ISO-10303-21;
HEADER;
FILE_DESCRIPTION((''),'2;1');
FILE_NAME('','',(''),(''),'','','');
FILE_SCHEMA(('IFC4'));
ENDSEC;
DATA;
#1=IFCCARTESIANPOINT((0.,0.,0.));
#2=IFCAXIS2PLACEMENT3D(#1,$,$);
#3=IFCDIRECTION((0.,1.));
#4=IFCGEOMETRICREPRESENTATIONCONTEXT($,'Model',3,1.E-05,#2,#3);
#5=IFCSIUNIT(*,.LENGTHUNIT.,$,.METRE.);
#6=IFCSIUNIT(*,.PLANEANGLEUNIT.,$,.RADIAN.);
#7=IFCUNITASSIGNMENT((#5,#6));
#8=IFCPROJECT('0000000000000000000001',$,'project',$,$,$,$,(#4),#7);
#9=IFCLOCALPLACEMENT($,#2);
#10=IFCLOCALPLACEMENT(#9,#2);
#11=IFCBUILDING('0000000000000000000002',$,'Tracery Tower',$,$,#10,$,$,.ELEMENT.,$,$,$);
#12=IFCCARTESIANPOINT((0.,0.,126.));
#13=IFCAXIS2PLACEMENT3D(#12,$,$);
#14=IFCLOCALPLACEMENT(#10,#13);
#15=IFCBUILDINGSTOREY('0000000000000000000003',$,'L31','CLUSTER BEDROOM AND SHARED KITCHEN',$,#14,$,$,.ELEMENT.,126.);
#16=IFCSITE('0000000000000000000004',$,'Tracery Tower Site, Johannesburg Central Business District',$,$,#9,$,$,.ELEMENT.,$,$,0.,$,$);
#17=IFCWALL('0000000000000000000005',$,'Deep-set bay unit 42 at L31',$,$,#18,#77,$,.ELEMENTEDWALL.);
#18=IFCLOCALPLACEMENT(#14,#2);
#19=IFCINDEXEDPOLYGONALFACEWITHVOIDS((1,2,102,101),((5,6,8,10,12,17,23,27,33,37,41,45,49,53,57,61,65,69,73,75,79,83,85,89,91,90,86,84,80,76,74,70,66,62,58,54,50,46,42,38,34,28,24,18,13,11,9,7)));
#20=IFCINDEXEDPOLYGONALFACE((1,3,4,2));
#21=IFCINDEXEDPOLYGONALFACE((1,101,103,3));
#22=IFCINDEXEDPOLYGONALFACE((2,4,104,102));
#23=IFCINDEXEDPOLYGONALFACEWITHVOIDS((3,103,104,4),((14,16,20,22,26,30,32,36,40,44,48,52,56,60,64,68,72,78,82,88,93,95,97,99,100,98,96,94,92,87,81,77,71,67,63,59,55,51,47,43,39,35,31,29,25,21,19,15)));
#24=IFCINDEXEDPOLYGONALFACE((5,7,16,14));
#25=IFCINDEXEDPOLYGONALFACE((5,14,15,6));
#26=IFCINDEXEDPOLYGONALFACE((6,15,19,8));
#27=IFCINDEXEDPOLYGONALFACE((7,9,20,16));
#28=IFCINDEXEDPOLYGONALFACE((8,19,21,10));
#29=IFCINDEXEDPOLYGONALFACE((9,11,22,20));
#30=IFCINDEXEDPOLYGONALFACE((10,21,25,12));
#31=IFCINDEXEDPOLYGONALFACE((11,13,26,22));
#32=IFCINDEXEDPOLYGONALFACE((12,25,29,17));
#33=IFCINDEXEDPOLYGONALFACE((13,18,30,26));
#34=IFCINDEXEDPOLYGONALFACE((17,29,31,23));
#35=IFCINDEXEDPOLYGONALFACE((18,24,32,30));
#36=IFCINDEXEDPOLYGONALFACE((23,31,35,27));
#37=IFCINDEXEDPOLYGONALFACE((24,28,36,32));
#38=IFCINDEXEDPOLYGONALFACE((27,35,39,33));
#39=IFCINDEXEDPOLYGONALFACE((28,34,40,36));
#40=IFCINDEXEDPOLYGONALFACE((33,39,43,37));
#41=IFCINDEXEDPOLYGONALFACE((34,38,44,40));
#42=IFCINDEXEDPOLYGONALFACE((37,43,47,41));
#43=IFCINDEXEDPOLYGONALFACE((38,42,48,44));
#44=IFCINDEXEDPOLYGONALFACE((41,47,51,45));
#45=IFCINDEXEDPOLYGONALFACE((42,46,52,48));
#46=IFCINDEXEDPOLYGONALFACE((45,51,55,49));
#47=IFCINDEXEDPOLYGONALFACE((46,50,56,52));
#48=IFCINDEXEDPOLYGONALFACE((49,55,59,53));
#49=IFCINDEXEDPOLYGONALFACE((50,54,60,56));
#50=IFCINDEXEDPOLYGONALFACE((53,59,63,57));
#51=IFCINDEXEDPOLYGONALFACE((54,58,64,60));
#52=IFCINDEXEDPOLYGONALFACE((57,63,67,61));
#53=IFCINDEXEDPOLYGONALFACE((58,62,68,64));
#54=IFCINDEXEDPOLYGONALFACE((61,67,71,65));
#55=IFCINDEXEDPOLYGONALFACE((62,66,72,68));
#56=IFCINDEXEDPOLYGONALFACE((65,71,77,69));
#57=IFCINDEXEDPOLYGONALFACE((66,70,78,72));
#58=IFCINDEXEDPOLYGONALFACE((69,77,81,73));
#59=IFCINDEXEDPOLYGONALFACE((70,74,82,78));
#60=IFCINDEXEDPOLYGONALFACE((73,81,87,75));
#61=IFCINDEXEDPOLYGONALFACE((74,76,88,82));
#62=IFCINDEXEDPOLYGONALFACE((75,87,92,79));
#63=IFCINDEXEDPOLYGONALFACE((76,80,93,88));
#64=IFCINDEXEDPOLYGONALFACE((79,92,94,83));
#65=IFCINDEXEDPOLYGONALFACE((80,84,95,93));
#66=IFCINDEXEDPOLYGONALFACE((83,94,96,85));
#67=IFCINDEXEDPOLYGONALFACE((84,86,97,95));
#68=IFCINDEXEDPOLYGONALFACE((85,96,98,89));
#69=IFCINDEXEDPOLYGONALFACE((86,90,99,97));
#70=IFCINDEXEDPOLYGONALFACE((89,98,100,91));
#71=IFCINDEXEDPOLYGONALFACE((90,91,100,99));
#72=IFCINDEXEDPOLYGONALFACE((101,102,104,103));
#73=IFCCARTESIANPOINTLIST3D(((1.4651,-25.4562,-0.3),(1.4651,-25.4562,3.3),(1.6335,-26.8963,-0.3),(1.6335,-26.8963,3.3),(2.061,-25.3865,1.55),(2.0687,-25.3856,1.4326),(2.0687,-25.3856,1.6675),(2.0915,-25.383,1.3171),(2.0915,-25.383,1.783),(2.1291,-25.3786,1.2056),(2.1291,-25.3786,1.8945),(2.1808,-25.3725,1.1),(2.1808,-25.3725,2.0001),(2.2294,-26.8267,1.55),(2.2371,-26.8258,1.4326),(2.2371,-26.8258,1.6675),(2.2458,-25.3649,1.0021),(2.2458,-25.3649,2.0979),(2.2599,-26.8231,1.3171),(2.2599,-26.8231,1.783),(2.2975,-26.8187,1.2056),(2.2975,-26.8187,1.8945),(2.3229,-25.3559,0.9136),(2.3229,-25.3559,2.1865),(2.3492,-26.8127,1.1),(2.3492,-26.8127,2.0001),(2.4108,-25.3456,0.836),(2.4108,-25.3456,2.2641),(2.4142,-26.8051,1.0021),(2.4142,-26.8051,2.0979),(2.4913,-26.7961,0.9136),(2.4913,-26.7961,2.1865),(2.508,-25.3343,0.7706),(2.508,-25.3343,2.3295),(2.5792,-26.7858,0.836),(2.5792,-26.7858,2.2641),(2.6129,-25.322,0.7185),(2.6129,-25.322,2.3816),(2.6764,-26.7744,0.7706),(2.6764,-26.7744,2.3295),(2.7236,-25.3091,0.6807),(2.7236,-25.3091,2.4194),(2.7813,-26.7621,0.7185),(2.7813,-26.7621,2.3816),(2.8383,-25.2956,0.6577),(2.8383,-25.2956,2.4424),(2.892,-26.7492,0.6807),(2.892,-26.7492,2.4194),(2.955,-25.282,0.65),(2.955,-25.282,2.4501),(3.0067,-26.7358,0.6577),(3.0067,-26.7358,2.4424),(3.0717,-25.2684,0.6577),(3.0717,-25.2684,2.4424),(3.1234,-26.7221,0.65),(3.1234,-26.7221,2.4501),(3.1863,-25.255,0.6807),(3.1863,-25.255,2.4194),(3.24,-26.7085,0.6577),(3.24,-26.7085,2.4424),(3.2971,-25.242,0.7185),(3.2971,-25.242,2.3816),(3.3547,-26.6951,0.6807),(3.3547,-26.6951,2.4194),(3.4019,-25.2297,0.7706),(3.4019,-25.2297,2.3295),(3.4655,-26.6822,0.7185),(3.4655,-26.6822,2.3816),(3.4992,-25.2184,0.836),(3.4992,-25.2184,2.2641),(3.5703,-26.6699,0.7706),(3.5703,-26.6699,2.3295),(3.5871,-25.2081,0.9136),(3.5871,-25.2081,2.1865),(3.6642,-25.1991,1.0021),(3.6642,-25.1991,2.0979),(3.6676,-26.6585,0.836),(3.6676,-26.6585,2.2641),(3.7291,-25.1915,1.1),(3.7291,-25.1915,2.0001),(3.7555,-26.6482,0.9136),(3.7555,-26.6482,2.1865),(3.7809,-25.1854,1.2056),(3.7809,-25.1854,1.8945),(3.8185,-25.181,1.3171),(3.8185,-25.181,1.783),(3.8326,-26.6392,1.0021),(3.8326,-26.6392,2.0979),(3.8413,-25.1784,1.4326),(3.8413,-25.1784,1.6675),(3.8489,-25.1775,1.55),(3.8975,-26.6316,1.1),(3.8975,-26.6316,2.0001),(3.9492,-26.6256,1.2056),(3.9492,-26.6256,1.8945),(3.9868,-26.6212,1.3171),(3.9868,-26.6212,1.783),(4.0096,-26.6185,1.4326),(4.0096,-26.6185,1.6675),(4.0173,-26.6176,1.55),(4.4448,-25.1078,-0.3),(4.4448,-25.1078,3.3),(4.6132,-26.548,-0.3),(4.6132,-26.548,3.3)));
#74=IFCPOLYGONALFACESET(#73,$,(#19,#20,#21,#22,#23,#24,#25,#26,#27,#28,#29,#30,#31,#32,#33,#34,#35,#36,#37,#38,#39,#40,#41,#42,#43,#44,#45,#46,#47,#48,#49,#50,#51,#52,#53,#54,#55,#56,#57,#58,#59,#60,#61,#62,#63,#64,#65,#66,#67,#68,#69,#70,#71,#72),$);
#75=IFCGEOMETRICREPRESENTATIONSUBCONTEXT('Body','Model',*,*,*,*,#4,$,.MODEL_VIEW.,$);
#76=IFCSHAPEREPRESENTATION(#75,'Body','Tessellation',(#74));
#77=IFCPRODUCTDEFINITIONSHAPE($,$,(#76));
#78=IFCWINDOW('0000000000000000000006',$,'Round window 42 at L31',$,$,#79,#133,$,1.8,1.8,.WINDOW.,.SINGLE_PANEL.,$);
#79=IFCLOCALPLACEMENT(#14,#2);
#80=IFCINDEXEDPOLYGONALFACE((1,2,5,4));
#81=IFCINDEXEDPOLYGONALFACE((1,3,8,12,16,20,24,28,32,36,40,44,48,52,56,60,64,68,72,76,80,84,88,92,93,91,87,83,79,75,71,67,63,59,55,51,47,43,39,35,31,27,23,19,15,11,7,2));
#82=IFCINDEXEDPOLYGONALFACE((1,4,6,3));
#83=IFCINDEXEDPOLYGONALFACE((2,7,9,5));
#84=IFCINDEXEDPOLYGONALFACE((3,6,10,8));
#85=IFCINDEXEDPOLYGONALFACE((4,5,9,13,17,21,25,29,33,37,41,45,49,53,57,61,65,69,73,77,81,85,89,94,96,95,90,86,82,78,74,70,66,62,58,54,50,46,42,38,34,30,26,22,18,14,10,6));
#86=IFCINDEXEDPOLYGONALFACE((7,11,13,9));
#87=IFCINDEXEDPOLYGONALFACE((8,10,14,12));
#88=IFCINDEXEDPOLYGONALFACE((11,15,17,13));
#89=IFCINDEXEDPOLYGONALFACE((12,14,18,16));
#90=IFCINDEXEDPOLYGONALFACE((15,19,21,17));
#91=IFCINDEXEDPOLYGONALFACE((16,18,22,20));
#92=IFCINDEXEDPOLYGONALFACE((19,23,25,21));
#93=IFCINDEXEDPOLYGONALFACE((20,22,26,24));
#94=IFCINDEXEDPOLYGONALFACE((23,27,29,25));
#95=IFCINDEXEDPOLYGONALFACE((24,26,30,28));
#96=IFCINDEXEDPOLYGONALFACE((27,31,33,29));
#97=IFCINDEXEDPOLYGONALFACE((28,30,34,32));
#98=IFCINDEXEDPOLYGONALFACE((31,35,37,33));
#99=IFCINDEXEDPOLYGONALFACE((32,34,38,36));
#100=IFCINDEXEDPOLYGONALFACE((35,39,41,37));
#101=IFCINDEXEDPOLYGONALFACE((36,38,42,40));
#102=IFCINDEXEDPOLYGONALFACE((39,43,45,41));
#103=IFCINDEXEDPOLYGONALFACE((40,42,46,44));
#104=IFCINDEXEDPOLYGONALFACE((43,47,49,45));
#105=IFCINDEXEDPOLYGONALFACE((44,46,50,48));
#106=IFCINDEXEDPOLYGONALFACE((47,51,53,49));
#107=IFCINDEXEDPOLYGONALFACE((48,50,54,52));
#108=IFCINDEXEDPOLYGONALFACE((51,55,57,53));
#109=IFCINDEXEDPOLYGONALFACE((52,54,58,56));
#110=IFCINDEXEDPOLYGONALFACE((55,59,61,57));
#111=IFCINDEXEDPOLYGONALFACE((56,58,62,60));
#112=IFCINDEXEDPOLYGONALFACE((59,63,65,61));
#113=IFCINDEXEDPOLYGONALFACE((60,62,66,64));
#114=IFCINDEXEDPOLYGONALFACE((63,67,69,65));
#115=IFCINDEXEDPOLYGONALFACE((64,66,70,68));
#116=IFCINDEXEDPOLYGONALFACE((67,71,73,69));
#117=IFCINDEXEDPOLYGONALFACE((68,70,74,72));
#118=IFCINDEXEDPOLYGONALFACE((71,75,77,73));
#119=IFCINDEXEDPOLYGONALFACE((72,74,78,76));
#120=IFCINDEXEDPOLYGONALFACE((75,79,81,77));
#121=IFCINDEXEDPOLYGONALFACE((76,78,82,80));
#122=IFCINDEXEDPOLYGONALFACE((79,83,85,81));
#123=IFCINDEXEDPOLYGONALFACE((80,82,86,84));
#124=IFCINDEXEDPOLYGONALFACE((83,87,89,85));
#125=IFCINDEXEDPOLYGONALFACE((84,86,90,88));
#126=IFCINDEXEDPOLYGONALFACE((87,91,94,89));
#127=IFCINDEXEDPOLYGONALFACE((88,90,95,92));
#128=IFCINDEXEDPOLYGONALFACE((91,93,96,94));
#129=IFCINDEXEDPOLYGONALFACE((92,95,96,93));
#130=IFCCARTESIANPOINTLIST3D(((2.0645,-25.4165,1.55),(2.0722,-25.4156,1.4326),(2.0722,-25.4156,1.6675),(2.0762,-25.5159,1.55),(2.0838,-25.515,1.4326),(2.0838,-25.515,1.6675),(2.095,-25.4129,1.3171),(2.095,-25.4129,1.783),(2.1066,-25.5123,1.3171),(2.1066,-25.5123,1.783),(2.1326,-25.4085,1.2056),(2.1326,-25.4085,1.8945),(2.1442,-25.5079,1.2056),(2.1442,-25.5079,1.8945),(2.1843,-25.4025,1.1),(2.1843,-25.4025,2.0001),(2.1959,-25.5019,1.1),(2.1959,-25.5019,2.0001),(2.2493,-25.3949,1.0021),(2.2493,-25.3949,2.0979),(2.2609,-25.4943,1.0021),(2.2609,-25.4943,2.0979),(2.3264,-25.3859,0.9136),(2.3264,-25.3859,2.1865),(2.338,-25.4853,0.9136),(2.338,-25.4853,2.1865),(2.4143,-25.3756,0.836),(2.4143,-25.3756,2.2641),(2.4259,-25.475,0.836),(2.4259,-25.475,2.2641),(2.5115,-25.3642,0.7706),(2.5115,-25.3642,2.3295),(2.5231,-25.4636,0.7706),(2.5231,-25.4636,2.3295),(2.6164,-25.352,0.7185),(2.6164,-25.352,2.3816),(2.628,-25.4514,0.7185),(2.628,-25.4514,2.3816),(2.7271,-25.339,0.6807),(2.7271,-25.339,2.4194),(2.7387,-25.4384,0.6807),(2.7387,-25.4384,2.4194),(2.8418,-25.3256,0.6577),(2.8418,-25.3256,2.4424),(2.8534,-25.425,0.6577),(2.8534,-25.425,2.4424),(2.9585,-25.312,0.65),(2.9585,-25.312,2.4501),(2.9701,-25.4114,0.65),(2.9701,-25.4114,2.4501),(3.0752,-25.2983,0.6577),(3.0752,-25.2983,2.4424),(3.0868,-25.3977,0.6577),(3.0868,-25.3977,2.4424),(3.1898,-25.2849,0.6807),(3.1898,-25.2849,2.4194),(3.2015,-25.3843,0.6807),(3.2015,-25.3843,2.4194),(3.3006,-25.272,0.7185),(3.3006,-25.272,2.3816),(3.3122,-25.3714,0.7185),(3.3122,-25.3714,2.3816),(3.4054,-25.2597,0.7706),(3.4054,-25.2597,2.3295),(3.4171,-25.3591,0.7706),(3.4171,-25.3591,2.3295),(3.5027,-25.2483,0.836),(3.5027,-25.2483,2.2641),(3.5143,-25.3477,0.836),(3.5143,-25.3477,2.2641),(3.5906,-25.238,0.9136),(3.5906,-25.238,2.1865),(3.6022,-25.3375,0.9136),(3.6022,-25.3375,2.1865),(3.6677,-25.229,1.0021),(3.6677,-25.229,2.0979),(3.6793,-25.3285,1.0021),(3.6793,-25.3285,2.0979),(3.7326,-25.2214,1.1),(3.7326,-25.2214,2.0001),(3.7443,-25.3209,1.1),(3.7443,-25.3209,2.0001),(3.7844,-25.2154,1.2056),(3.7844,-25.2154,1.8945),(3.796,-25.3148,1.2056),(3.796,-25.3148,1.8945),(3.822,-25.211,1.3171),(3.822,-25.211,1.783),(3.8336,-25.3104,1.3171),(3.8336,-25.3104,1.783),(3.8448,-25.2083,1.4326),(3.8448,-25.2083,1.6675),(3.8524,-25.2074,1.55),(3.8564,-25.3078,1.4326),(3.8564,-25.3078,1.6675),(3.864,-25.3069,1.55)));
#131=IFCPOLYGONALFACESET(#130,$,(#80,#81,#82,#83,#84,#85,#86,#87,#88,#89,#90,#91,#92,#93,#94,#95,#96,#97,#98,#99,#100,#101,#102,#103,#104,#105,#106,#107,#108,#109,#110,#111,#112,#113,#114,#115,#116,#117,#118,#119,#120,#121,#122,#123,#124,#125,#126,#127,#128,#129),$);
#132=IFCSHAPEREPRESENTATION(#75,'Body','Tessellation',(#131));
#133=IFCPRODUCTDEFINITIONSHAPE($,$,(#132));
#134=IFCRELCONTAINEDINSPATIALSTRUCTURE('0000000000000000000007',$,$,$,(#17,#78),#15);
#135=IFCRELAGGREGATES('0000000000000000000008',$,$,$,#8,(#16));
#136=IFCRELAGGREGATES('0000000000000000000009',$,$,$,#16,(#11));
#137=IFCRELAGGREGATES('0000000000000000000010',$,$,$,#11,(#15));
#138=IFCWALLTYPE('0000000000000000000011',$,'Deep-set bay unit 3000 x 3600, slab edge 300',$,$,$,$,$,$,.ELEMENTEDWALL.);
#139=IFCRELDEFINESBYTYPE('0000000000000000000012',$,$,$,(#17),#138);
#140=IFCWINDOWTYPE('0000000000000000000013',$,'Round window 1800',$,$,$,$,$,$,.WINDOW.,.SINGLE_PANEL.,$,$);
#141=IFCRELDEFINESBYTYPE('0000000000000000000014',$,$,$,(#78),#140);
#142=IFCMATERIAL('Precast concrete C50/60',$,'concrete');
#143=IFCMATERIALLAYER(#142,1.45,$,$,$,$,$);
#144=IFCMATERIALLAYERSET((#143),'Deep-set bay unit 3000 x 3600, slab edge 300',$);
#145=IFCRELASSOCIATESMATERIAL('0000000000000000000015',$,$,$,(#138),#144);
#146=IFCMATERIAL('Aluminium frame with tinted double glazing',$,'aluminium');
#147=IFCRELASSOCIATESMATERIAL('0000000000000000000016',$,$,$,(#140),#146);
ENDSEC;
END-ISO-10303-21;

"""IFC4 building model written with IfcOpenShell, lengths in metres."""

from ifc_helpers import new_model, si_unit, direction, frame, frame_2d, origin, origin_2d, place, context, subcontext, project, spatial, rectangle, circle, extrude, material, layer, layer_set, type_object, element, fill, save


model = new_model("IFC4")

# Units and contexts
model_context = context("Model", 3, precision=1e-05, world=origin(), true_north=direction((0.0, 1.0)))
body_context = subcontext(model_context, "Body", "Model", "MODEL_VIEW")
ifc_project = project(units=[si_unit("LENGTHUNIT", "METRE"), si_unit("PLANEANGLEUNIT", "RADIAN")], contexts=[model_context])

# Site, building, storey
site_placement = place(None, origin())
site = spatial("IfcSite", under=ifc_project, at=site_placement, Name="Tracery Tower Site, Johannesburg Central Business District", CompositionType="ELEMENT", RefElevation=0.0)
building_placement = place(site_placement, origin())
building = spatial("IfcBuilding", under=site, at=building_placement, Name="Tracery Tower", CompositionType="ELEMENT")
storey_placement = place(building_placement, frame((0.0, 0.0, 126.0)))
storey = spatial("IfcBuildingStorey", under=building, at=storey_placement, Name="L31", Description="CLUSTER BEDROOM AND SHARED KITCHEN", CompositionType="ELEMENT", Elevation=126.0)

# Wall, opening, window
ifc_material_1 = material(Name="Precast concrete C50/60", Category="concrete")
ifc_layer_1 = layer(ifc_material_1, 1.45)
ifc_layer_set_1 = layer_set([ifc_layer_1], Name="Deep-set bay unit 3000 x 3600, slab edge 300")
wall_type_1 = type_object("IfcWallType", Name="Deep-set bay unit 3000 x 3600, slab edge 300", PredefinedType="ELEMENTEDWALL", material=ifc_layer_set_1)
wall_1_placement = place(storey_placement, frame((1.5493, -26.1763, -0.3), z_axis=(0.0, 0.0, 1.0), x_axis=(0.993234, 0.116128, 0.0)))
wall_1 = element("IfcWall", 1, at=wall_1_placement, inside=storey, type_object=wall_type_1, Name="Deep-set bay unit 42 at L31", PredefinedType="ELEMENTEDWALL", context=body_context, shape_type="SweptSolid", body=[
    extrude(rectangle(XDim=3.0, YDim=1.45, at=frame_2d((1.5, 0.0))), origin(), (0.0, 0.0, 1.0), 3.6001),
])
opening_1_placement = place(wall_1_placement, frame((1.5, 0.0, 1.8501)))
opening_1 = element("IfcOpeningElement", 2, at=opening_1_placement, cuts=wall_1, PredefinedType="OPENING", context=body_context, shape_type="SweptSolid", body=[
    extrude(circle(Radius=0.9, at=origin_2d()), frame((0.0, 0.7349, 0.0), z_axis=(0.0, -1.0, 0.0), x_axis=(1.0, 0.0, 0.0)), (0.0, 0.0, 1.0), 1.47),
])
ifc_material_2 = material(Name="Aluminium frame with tinted double glazing", Category="aluminium")
window_type = type_object("IfcWindowType", Name="Round window 1800", PartitioningType="SINGLE_PANEL", PredefinedType="WINDOW", material=ifc_material_2)
window_1_placement = place(opening_1_placement, origin())
window_1 = element("IfcWindow", 3, at=window_1_placement, inside=storey, type_object=window_type, Name="Round window 42 at L31", OverallHeight=1.8, OverallWidth=1.8, PartitioningType="SINGLE_PANEL", PredefinedType="WINDOW", context=body_context, shape_type="SweptSolid", body=[
    extrude(circle(Radius=0.9, at=origin_2d()), frame((0.0, 0.6948, 0.0), z_axis=(0.0, -1.0, 0.0), x_axis=(1.0, 0.0, 0.0)), (0.0, 0.0, 1.0), 0.1001),
])
fill(opening_1, window_1)

save(model, "model.ifc")
